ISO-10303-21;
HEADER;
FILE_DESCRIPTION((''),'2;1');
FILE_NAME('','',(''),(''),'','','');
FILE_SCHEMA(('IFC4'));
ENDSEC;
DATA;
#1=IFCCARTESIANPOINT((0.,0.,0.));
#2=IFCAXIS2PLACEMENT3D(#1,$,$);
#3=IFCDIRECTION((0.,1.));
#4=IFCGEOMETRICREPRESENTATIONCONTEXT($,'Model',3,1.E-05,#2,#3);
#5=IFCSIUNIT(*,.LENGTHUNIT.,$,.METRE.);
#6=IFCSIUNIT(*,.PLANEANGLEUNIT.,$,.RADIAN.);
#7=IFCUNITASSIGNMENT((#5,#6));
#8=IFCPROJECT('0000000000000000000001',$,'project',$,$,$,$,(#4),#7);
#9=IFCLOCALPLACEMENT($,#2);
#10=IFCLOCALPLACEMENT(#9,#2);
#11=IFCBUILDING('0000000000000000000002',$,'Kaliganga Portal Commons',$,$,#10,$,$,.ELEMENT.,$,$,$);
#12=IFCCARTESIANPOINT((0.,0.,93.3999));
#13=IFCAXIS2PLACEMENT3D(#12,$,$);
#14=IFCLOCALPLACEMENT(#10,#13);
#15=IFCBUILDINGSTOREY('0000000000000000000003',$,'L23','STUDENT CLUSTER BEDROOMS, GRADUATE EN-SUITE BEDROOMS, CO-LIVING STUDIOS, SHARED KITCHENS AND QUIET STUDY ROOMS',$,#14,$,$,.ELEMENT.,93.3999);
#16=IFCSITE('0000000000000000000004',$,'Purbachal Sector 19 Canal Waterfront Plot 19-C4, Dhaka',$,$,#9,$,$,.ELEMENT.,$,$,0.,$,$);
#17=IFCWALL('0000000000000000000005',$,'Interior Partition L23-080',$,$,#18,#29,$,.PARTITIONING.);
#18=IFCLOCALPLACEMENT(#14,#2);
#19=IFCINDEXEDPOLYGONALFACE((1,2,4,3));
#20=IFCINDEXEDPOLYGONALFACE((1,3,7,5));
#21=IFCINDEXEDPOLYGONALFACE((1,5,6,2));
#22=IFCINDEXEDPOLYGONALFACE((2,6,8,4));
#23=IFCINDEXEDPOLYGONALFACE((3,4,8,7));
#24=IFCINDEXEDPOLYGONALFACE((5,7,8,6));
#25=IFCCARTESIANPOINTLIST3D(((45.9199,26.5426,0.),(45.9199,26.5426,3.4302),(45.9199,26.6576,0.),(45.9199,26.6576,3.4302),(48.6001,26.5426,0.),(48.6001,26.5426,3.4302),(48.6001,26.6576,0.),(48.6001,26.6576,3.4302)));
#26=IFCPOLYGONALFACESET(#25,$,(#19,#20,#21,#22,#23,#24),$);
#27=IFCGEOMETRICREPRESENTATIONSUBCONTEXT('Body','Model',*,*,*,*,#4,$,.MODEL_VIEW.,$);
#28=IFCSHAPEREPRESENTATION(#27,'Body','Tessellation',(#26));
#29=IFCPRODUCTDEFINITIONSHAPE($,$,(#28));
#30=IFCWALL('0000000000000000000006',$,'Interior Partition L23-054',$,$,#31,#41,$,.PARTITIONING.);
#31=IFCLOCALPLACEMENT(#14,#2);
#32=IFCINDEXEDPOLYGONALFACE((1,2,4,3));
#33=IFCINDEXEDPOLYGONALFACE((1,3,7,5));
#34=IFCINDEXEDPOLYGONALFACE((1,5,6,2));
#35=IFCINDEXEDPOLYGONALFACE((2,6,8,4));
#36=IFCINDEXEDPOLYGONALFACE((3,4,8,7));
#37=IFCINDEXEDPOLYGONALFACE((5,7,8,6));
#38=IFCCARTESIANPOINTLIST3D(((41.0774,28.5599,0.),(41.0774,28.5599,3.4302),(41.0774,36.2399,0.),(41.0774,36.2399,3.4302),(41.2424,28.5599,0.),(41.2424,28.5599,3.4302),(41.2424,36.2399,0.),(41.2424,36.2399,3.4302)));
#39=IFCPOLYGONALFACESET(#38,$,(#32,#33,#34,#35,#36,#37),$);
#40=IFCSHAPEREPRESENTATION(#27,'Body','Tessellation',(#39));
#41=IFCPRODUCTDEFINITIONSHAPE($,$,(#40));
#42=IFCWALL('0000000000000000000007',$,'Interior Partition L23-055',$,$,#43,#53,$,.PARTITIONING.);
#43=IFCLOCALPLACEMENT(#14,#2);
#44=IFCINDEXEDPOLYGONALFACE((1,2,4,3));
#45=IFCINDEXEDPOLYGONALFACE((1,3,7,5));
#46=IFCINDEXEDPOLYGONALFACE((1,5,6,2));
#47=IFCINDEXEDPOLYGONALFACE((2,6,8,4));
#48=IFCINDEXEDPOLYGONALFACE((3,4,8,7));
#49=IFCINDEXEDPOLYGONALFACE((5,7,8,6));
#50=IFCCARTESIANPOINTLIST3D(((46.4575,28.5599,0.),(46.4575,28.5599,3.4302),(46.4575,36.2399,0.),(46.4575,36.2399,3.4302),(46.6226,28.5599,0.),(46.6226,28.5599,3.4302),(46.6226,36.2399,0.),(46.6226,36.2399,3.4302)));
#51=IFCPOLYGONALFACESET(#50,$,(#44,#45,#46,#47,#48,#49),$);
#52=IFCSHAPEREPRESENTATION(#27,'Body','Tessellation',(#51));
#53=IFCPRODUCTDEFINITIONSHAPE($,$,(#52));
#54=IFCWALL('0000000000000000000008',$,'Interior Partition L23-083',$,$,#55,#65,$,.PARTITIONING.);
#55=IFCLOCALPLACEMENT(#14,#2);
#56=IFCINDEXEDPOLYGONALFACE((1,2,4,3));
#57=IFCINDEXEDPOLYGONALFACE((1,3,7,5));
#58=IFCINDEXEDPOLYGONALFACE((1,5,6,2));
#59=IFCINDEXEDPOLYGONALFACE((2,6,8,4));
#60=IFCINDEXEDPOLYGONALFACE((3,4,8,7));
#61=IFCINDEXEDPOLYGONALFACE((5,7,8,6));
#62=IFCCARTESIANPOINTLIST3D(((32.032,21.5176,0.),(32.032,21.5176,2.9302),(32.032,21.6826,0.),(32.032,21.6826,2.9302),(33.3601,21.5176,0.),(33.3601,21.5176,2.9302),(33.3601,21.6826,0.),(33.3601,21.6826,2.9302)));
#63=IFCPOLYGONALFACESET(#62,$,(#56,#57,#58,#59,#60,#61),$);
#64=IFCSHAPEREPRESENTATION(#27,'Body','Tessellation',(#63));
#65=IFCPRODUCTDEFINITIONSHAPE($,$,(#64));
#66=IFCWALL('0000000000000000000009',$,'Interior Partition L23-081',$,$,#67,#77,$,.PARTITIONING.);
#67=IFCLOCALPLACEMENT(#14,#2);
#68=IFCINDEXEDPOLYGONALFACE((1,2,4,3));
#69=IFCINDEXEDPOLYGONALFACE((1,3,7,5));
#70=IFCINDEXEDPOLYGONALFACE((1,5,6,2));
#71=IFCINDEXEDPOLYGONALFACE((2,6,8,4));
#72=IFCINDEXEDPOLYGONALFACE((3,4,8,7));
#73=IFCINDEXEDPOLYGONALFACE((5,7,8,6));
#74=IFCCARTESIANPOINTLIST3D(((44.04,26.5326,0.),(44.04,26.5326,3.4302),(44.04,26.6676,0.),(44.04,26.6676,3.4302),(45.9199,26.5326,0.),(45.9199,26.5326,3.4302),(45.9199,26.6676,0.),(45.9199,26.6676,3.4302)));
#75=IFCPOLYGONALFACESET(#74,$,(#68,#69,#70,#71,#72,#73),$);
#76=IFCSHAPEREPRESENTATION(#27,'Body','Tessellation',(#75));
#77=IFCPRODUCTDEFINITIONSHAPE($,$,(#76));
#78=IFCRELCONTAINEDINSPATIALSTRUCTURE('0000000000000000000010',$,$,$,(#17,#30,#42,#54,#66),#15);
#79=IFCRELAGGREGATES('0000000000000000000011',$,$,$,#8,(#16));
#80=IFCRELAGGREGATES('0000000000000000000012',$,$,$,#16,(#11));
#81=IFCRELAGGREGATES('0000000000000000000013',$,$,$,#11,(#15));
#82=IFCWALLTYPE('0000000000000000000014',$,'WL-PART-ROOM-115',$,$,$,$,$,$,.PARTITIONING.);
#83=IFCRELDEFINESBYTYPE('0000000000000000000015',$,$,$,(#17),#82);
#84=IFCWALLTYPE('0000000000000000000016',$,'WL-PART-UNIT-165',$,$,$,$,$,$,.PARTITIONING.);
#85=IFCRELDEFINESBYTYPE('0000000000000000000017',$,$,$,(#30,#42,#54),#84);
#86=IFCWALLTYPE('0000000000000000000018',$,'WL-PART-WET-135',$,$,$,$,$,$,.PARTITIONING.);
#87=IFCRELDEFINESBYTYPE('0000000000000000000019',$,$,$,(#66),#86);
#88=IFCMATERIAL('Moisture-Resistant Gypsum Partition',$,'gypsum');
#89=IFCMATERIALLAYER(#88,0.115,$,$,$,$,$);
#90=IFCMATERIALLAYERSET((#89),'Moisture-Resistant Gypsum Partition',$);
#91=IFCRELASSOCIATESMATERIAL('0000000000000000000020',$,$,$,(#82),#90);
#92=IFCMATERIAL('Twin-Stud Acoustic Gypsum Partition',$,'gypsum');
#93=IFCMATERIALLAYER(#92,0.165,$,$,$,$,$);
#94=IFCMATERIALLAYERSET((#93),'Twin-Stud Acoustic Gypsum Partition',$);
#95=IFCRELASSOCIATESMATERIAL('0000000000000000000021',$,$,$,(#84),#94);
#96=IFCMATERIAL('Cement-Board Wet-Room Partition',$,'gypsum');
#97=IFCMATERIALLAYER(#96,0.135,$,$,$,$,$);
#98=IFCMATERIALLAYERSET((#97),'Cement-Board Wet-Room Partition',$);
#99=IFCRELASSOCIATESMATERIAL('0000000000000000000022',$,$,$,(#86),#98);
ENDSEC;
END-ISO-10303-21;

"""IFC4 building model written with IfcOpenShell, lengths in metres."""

from ifc_helpers import new_model, si_unit, direction, frame, frame_2d, origin, place, context, subcontext, project, spatial, rectangle, extrude, material, layer, layer_set, type_object, element, save


model = new_model("IFC4")

# Units and contexts
model_context = context("Model", 3, precision=1e-05, world=origin(), true_north=direction((0.0, 1.0)))
body_context = subcontext(model_context, "Body", "Model", "MODEL_VIEW")
ifc_project = project(units=[si_unit("LENGTHUNIT", "METRE"), si_unit("PLANEANGLEUNIT", "RADIAN")], contexts=[model_context])

# Site, building, storey
site_placement = place(None, origin())
site = spatial("IfcSite", under=ifc_project, at=site_placement, Name="Purbachal Sector 19 Canal Waterfront Plot 19-C4, Dhaka", CompositionType="ELEMENT", RefElevation=0.0)
building_placement = place(site_placement, origin())
building = spatial("IfcBuilding", under=site, at=building_placement, Name="Kaliganga Portal Commons", CompositionType="ELEMENT")
storey_placement = place(building_placement, frame((0.0, 0.0, 93.3999)))
storey = spatial("IfcBuildingStorey", under=building, at=storey_placement, Name="L23", Description="STUDENT CLUSTER BEDROOMS, GRADUATE EN-SUITE BEDROOMS, CO-LIVING STUDIOS, SHARED KITCHENS AND QUIET STUDY ROOMS", CompositionType="ELEMENT", Elevation=93.3999)

# Walls
ifc_material_1 = material(Name="Moisture-Resistant Gypsum Partition", Category="gypsum")
ifc_layer_1 = layer(ifc_material_1, 0.115)
ifc_layer_set_1 = layer_set([ifc_layer_1], Name="Moisture-Resistant Gypsum Partition")
wall_type_1 = type_object("IfcWallType", Name="WL-PART-ROOM-115", PredefinedType="PARTITIONING", material=ifc_layer_set_1)
wall_1_placement = place(storey_placement, frame((45.9199, 26.6001, 0.0), z_axis=(0.0, 0.0, 1.0), x_axis=(1.0, 0.0, 0.0)))
element("IfcWall", 1, at=wall_1_placement, inside=storey, type_object=wall_type_1, Name="Interior Partition L23-080", PredefinedType="PARTITIONING", context=body_context, shape_type="SweptSolid", body=[
    extrude(rectangle(XDim=2.6802, YDim=0.115, at=frame_2d((1.3401, 0.0))), origin(), (0.0, 0.0, 1.0), 3.4302),
])
ifc_material_2 = material(Name="Twin-Stud Acoustic Gypsum Partition", Category="gypsum")
ifc_layer_2 = layer(ifc_material_2, 0.165)
ifc_layer_set_2 = layer_set([ifc_layer_2], Name="Twin-Stud Acoustic Gypsum Partition")
wall_type_2 = type_object("IfcWallType", Name="WL-PART-UNIT-165", PredefinedType="PARTITIONING", material=ifc_layer_set_2)
for number, where, z_axis, x_axis, name in (
    (2, (41.1599, 28.5601, 0.0), (0.0, 0.0, 1.0), (0.0, 1.0, 0.0), "Interior Partition L23-054"),
    (3, (46.54, 28.5601, 0.0), (0.0, 0.0, 1.0), (0.0, 1.0, 0.0), "Interior Partition L23-055"),
):
    element("IfcWall", number, at=place(storey_placement, frame(where, z_axis=z_axis, x_axis=x_axis)), inside=storey, type_object=wall_type_2, Name=name, PredefinedType="PARTITIONING", context=body_context, shape_type="SweptSolid", body=[
        extrude(rectangle(XDim=7.6799, YDim=0.165, at=frame_2d((3.8398, 0.0))), origin(), (0.0, 0.0, 1.0), 3.4302),
    ])
wall_2_placement = place(storey_placement, frame((32.032, 21.6001, 0.0), z_axis=(0.0, 0.0, 1.0), x_axis=(1.0, 0.0, 0.0)))
element("IfcWall", 4, at=wall_2_placement, inside=storey, type_object=wall_type_2, Name="Interior Partition L23-083", PredefinedType="PARTITIONING", context=body_context, shape_type="SweptSolid", body=[
    extrude(rectangle(XDim=1.3281, YDim=0.165, at=frame_2d((0.6641, 0.0))), origin(), (0.0, 0.0, 1.0), 2.9302),
])
ifc_material_3 = material(Name="Cement-Board Wet-Room Partition", Category="gypsum")
ifc_layer_3 = layer(ifc_material_3, 0.135)
ifc_layer_set_3 = layer_set([ifc_layer_3], Name="Cement-Board Wet-Room Partition")
wall_type_3 = type_object("IfcWallType", Name="WL-PART-WET-135", PredefinedType="PARTITIONING", material=ifc_layer_set_3)
wall_3_placement = place(storey_placement, frame((44.04, 26.6001, 0.0), z_axis=(0.0, 0.0, 1.0), x_axis=(1.0, 0.0, 0.0)))
element("IfcWall", 5, at=wall_3_placement, inside=storey, type_object=wall_type_3, Name="Interior Partition L23-081", PredefinedType="PARTITIONING", context=body_context, shape_type="SweptSolid", body=[
    extrude(rectangle(XDim=1.8799, YDim=0.135, at=frame_2d((0.9399, 0.0))), origin(), (0.0, 0.0, 1.0), 3.4302),
])

save(model, "model.ifc")
